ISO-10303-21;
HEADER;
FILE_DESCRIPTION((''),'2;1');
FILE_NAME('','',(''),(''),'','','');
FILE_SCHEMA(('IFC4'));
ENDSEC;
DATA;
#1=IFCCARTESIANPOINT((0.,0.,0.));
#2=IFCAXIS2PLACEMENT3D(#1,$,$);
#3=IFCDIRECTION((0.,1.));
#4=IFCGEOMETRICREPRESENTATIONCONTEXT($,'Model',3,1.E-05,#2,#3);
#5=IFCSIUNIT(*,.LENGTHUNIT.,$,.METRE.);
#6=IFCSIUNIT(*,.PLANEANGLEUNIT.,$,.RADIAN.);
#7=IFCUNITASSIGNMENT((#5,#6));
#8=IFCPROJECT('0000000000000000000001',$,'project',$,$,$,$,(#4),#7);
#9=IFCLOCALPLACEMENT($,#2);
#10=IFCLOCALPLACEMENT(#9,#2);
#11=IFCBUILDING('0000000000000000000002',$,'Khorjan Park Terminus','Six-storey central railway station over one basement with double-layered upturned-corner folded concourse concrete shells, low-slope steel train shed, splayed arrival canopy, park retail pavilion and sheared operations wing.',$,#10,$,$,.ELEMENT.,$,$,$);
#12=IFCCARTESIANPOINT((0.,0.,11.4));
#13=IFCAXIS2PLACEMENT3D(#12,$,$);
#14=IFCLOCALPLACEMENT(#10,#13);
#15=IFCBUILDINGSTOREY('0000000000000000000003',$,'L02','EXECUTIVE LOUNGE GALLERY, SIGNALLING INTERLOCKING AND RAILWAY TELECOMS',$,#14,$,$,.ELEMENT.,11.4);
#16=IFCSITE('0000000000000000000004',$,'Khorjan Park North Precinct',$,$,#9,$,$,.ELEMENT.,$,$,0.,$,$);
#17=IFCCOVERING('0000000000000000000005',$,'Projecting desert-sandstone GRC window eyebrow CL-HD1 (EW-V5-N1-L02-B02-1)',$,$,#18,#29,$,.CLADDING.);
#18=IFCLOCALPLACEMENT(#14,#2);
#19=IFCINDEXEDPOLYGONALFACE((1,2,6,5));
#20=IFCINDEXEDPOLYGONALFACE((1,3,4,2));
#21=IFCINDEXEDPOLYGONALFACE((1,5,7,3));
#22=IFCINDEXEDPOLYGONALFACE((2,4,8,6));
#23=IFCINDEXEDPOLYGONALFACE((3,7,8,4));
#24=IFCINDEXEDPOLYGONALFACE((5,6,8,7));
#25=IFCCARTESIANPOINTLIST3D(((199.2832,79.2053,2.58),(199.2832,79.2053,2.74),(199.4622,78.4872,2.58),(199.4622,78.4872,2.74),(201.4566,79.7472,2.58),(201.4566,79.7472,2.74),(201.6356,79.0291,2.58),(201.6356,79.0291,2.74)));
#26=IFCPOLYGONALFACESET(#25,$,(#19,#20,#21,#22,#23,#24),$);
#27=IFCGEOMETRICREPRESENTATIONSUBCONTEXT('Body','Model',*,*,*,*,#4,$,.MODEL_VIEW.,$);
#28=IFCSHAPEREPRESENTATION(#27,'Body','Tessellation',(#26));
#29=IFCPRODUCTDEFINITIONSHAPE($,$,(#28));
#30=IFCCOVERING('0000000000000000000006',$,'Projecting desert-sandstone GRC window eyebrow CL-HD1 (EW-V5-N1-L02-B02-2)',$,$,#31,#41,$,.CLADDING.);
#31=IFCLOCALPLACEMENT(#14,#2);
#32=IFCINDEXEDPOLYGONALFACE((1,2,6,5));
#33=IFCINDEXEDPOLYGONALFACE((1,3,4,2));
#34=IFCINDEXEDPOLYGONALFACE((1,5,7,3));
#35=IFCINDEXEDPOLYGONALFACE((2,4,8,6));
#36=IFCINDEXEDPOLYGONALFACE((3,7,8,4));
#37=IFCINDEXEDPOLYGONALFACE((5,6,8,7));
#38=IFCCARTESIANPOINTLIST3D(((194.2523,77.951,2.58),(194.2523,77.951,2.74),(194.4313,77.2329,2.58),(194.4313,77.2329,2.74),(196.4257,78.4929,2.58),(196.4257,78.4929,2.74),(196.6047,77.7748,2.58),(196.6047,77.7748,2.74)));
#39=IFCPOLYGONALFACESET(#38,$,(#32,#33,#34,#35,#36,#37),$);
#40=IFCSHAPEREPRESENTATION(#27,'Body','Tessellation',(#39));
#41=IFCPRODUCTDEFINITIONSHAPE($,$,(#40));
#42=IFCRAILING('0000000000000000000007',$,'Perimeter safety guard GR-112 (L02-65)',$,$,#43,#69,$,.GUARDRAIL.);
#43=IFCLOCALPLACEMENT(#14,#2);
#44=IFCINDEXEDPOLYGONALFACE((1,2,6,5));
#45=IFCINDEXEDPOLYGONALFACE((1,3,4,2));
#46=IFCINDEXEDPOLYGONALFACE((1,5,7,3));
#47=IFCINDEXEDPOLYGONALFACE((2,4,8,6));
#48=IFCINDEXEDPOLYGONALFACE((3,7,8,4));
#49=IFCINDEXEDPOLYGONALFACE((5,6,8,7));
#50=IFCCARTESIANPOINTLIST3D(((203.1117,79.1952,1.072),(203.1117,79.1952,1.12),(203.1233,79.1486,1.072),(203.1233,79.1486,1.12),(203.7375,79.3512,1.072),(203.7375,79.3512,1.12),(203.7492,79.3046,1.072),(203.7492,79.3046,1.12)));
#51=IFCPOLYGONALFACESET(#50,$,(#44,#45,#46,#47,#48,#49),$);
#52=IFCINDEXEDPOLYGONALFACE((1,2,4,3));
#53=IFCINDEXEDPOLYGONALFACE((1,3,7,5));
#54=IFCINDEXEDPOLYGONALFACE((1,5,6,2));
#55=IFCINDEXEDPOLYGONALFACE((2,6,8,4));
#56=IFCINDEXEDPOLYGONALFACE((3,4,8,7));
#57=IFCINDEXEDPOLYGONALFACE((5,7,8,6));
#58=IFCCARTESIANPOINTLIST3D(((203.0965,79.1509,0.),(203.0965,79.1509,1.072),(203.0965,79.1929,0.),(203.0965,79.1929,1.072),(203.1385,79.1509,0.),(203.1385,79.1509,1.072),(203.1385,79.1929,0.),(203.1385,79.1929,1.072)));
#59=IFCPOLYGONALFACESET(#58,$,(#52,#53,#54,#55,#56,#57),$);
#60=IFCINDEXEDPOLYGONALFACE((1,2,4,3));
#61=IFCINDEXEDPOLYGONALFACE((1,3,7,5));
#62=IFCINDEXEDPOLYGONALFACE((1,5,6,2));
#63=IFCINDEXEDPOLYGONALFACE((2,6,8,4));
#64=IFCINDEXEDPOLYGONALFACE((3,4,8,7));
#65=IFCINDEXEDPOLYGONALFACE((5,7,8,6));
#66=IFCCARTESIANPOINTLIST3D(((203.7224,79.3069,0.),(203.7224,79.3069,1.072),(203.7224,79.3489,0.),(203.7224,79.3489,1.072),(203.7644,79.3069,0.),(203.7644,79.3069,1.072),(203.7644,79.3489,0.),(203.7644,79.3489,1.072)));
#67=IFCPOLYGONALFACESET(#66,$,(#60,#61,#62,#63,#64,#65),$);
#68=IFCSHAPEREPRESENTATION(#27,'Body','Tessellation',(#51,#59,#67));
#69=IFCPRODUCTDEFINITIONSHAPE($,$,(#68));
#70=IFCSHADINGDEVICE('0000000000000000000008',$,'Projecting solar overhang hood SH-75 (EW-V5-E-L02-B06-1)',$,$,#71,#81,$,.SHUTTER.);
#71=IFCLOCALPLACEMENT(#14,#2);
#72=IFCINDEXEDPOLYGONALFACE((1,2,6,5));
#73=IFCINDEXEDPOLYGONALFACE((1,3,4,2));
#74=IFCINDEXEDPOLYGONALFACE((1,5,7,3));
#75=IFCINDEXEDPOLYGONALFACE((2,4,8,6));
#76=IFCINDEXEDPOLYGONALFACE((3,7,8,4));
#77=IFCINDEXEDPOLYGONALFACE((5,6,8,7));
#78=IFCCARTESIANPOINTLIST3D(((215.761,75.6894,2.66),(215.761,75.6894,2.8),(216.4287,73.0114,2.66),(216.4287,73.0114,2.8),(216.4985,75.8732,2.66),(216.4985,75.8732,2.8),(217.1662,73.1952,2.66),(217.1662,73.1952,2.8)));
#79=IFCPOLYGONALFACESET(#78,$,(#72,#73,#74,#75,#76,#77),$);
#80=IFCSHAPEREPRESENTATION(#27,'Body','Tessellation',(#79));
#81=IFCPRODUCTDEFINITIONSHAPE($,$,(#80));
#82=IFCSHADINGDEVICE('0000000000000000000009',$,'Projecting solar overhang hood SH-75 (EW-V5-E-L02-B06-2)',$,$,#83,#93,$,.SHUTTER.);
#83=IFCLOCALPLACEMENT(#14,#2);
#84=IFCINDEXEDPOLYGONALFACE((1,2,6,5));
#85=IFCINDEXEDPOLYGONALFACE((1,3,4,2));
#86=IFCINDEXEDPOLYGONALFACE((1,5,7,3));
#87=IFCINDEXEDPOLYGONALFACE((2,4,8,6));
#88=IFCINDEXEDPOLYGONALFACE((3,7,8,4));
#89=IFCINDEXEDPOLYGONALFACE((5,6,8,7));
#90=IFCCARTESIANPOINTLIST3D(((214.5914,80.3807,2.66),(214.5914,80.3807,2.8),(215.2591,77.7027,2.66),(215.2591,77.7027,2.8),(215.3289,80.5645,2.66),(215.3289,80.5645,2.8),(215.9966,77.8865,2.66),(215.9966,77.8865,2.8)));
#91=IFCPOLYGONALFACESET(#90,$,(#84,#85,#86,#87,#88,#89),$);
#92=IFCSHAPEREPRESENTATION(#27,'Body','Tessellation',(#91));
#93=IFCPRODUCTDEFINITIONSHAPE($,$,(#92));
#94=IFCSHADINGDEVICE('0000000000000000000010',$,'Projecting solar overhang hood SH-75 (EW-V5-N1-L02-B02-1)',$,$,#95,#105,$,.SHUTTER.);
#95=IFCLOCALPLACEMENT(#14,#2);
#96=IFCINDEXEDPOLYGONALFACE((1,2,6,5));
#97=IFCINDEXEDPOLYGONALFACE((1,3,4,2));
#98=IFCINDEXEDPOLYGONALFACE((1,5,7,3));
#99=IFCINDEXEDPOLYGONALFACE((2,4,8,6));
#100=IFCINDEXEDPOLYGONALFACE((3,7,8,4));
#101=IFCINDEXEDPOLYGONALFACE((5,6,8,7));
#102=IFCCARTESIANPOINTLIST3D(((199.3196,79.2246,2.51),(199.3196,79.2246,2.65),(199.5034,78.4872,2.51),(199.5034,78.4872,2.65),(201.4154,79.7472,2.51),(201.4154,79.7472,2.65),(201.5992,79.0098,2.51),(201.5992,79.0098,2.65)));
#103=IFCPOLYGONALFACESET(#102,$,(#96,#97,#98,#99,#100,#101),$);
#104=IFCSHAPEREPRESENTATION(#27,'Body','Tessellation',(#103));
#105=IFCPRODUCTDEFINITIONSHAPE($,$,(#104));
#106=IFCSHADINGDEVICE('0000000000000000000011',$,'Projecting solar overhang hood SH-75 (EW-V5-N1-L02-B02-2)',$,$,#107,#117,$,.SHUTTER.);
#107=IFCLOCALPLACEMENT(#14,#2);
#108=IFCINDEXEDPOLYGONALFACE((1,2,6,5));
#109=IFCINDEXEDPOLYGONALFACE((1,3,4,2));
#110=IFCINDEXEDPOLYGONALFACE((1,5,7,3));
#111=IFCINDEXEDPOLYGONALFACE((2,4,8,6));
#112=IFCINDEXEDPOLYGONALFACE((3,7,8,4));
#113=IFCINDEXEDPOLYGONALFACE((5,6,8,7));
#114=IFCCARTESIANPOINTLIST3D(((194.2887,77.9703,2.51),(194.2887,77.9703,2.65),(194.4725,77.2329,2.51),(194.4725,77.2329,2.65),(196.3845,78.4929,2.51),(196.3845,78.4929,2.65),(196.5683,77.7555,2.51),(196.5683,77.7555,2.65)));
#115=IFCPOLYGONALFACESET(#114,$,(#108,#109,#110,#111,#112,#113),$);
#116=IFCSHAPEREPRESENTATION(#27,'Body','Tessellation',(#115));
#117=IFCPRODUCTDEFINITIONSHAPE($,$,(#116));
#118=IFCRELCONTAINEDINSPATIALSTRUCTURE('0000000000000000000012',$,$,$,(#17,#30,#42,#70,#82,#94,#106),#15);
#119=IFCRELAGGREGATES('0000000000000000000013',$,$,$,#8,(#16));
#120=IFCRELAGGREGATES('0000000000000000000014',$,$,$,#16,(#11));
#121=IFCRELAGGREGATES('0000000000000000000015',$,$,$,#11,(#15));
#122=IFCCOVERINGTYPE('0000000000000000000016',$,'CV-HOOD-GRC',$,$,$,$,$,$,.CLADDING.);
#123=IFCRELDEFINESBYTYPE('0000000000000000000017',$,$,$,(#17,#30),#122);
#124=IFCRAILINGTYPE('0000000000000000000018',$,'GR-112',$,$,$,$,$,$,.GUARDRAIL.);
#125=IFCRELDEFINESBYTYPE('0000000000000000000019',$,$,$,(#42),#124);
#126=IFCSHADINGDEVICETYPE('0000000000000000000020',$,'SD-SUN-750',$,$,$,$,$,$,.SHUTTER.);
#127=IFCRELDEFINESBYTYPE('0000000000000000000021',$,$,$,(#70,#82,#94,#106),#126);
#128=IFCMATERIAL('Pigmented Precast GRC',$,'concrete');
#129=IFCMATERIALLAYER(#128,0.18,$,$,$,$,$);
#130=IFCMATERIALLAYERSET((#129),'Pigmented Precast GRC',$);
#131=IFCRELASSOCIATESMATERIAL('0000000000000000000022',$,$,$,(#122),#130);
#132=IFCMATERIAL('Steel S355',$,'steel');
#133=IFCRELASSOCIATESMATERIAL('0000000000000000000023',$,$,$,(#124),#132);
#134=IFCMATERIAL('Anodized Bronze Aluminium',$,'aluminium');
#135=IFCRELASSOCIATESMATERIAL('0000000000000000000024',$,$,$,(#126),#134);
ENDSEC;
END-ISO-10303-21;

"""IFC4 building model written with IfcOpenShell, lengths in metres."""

from ifc_helpers import new_model, si_unit, direction, frame, origin, origin_2d, place, context, subcontext, project, spatial, rectangle, extrude, material, layer, layer_set, type_object, element, save


model = new_model("IFC4")

# Units and contexts
model_context = context("Model", 3, precision=1e-05, world=origin(), true_north=direction((0.0, 1.0)))
body_context = subcontext(model_context, "Body", "Model", "MODEL_VIEW")
ifc_project = project(units=[si_unit("LENGTHUNIT", "METRE"), si_unit("PLANEANGLEUNIT", "RADIAN")], contexts=[model_context])

# Site, building, storey
site_placement = place(None, origin())
site = spatial("IfcSite", under=ifc_project, at=site_placement, Name="Khorjan Park North Precinct", CompositionType="ELEMENT", RefElevation=0.0)
building_placement = place(site_placement, origin())
building = spatial("IfcBuilding", under=site, at=building_placement, Name="Khorjan Park Terminus", Description="Six-storey central railway station over one basement with double-layered upturned-corner folded concourse concrete shells, low-slope steel train shed, splayed arrival canopy, park retail pavilion and sheared operations wing.", CompositionType="ELEMENT")
storey_placement = place(building_placement, frame((0.0, 0.0, 11.4)))
storey = spatial("IfcBuildingStorey", under=building, at=storey_placement, Name="L02", Description="EXECUTIVE LOUNGE GALLERY, SIGNALLING INTERLOCKING AND RAILWAY TELECOMS", CompositionType="ELEMENT", Elevation=11.4)

# Shared definitions
ifc_material_1 = material(Name="Steel S355", Category="steel")

# Shared definitions
ifc_material_2 = material(Name="Anodized Bronze Aluminium", Category="aluminium")

# Coverings
ifc_material_3 = material(Name="Pigmented Precast GRC", Category="concrete")
ifc_layer_1 = layer(ifc_material_3, 0.18)
ifc_layer_set_1 = layer_set([ifc_layer_1], Name="Pigmented Precast GRC")
covering_type = type_object("IfcCoveringType", Name="CV-HOOD-GRC", PredefinedType="CLADDING", material=ifc_layer_set_1)
for number, where, z_axis, x_axis, name in (
    (1, (200.4594, 79.1172, 2.58), (0.0, 0.0, 1.0), (-0.970297, -0.241916, 0.0), "Projecting desert-sandstone GRC window eyebrow CL-HD1 (EW-V5-N1-L02-B02-1)"),
    (2, (195.4285, 77.8629, 2.58), (0.0, 0.0, 1.0), (-0.970297, -0.241916, 0.0), "Projecting desert-sandstone GRC window eyebrow CL-HD1 (EW-V5-N1-L02-B02-2)"),
):
    element("IfcCovering", number, at=place(storey_placement, frame(where, z_axis=z_axis, x_axis=x_axis)), inside=storey, type_object=covering_type, Name=name, PredefinedType="CLADDING", context=body_context, shape_type="SweptSolid", body=[
        extrude(rectangle(XDim=2.24, YDim=0.74, at=origin_2d()), origin(), (0.0, 0.0, 1.0), 0.16),
    ])

# Railing
railing_type = type_object("IfcRailingType", Name="GR-112", PredefinedType="GUARDRAIL", material=ifc_material_1)
railing_placement = place(storey_placement, frame((203.1175, 79.1719, 0.0)))
element("IfcRailing", 3, at=railing_placement, inside=storey, type_object=railing_type, Name="Perimeter safety guard GR-112 (L02-65)", PredefinedType="GUARDRAIL", context=body_context, shape_type="SweptSolid", body=[
    extrude(rectangle(XDim=0.048, YDim=0.048, at=origin_2d()), frame((0.0, 0.0, 1.096), z_axis=(0.970316, 0.241843, 0.0), x_axis=(-0.241843, 0.970316, 0.0)), (0.0, 0.0, 1.0), 0.645),
    extrude(rectangle(XDim=0.042, YDim=0.042, at=origin_2d()), origin(), (0.0, 0.0, 1.0), 1.072),
    extrude(rectangle(XDim=0.042, YDim=0.042, at=origin_2d()), frame((0.6259, 0.156, 0.0)), (0.0, 0.0, 1.0), 1.072),
])

# Shading devices
shading_device_type = type_object("IfcShadingDeviceType", Name="SD-SUN-750", PredefinedType="SHUTTER", material=ifc_material_2)
for number, where, z_axis, x_axis, name in (
    (4, (216.4636, 74.4423, 2.66), (0.0, 0.0, 1.0), (-0.24192, 0.970296, 0.0), "Projecting solar overhang hood SH-75 (EW-V5-E-L02-B06-1)"),
    (5, (215.294, 79.1336, 2.66), (0.0, 0.0, 1.0), (-0.24192, 0.970296, 0.0), "Projecting solar overhang hood SH-75 (EW-V5-E-L02-B06-2)"),
):
    element("IfcShadingDevice", number, at=place(storey_placement, frame(where, z_axis=z_axis, x_axis=x_axis)), inside=storey, type_object=shading_device_type, Name=name, PredefinedType="SHUTTER", context=body_context, shape_type="SweptSolid", body=[
        extrude(rectangle(XDim=2.76, YDim=0.76, at=origin_2d()), origin(), (0.0, 0.0, 1.0), 0.14),
    ])
for number, where, z_axis, x_axis, name in (
    (6, (200.4594, 79.1172, 2.51), (0.0, 0.0, 1.0), (-0.970297, -0.241916, 0.0), "Projecting solar overhang hood SH-75 (EW-V5-N1-L02-B02-1)"),
    (7, (195.4285, 77.8629, 2.51), (0.0, 0.0, 1.0), (-0.970297, -0.241916, 0.0), "Projecting solar overhang hood SH-75 (EW-V5-N1-L02-B02-2)"),
):
    element("IfcShadingDevice", number, at=place(storey_placement, frame(where, z_axis=z_axis, x_axis=x_axis)), inside=storey, type_object=shading_device_type, Name=name, PredefinedType="SHUTTER", context=body_context, shape_type="SweptSolid", body=[
        extrude(rectangle(XDim=2.16, YDim=0.76, at=origin_2d()), origin(), (0.0, 0.0, 1.0), 0.14),
    ])

save(model, "model.ifc")
